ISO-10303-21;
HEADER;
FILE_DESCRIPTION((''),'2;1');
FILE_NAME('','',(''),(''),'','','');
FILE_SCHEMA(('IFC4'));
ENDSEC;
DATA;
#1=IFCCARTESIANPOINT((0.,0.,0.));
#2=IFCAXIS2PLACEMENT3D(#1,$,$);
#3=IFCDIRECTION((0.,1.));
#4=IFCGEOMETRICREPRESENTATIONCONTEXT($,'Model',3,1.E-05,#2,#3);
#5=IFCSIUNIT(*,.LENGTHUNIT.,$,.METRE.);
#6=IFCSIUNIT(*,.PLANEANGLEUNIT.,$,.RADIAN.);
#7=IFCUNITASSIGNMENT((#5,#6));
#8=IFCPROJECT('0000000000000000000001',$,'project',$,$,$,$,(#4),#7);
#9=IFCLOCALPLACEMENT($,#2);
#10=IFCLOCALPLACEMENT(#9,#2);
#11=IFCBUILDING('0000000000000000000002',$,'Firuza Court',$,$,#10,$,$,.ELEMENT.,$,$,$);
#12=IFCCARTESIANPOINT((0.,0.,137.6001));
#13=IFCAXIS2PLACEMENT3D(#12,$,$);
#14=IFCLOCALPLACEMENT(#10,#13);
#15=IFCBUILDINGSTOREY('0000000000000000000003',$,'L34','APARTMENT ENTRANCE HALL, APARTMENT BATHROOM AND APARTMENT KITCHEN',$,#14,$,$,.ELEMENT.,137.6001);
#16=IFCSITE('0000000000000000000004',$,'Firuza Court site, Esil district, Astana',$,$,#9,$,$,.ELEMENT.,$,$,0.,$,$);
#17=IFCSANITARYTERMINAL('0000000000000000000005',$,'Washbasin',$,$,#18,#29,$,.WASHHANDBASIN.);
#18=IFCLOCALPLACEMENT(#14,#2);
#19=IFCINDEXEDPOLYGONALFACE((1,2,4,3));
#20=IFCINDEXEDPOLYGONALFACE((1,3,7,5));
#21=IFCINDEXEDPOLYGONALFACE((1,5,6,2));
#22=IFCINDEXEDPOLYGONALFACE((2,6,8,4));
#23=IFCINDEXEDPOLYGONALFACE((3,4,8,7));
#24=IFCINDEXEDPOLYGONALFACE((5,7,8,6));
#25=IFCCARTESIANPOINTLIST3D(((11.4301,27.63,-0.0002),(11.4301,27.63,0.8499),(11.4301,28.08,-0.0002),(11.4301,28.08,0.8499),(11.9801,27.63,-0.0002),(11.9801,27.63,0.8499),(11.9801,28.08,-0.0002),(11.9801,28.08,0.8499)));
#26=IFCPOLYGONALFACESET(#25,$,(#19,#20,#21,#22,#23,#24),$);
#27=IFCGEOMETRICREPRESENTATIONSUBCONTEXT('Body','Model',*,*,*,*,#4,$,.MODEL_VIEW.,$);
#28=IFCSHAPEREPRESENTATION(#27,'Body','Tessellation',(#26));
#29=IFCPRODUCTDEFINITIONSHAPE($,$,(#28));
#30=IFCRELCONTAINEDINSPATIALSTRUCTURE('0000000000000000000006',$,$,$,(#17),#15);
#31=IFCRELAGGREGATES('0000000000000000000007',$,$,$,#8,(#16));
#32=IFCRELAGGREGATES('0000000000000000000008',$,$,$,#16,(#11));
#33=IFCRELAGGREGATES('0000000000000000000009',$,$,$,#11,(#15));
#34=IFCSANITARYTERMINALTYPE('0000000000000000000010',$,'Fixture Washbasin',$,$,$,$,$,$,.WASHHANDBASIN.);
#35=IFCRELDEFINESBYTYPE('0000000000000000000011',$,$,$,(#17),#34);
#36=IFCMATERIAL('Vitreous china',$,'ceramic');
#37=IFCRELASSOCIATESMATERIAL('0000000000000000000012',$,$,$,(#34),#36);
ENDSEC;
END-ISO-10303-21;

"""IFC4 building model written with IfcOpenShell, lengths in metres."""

from ifc_helpers import new_model, si_unit, direction, frame, origin, origin_2d, place, context, subcontext, project, spatial, rectangle, extrude, material, type_object, element, save


model = new_model("IFC4")

# Units and contexts
model_context = context("Model", 3, precision=1e-05, world=origin(), true_north=direction((0.0, 1.0)))
body_context = subcontext(model_context, "Body", "Model", "MODEL_VIEW")
ifc_project = project(units=[si_unit("LENGTHUNIT", "METRE"), si_unit("PLANEANGLEUNIT", "RADIAN")], contexts=[model_context])

# Site, building, storey
site_placement = place(None, origin())
site = spatial("IfcSite", under=ifc_project, at=site_placement, Name="Firuza Court site, Esil district, Astana", CompositionType="ELEMENT", RefElevation=0.0)
building_placement = place(site_placement, origin())
building = spatial("IfcBuilding", under=site, at=building_placement, Name="Firuza Court", CompositionType="ELEMENT")
storey_placement = place(building_placement, frame((0.0, 0.0, 137.6001)))
storey = spatial("IfcBuildingStorey", under=building, at=storey_placement, Name="L34", Description="APARTMENT ENTRANCE HALL, APARTMENT BATHROOM AND APARTMENT KITCHEN", CompositionType="ELEMENT", Elevation=137.6001)

# Sanitary terminal
ifc_material_1 = material(Name="Vitreous china", Category="ceramic")
sanitary_terminal_type_1 = type_object("IfcSanitaryTerminalType", Name="Fixture Washbasin", PredefinedType="WASHHANDBASIN", material=ifc_material_1)
sanitary_terminal_1_placement = place(storey_placement, frame((11.7051, 27.855, -0.0002), z_axis=(0.0, 0.0, 1.0), x_axis=(1.0, 0.0, 0.0)))
element("IfcSanitaryTerminal", 1, at=sanitary_terminal_1_placement, inside=storey, type_object=sanitary_terminal_type_1, Name="Washbasin", PredefinedType="WASHHANDBASIN", context=body_context, shape_type="SweptSolid", body=[
    extrude(rectangle(XDim=0.55, YDim=0.45, at=origin_2d()), origin(), (0.0, 0.0, 1.0), 0.8501),
])

save(model, "model.ifc")
